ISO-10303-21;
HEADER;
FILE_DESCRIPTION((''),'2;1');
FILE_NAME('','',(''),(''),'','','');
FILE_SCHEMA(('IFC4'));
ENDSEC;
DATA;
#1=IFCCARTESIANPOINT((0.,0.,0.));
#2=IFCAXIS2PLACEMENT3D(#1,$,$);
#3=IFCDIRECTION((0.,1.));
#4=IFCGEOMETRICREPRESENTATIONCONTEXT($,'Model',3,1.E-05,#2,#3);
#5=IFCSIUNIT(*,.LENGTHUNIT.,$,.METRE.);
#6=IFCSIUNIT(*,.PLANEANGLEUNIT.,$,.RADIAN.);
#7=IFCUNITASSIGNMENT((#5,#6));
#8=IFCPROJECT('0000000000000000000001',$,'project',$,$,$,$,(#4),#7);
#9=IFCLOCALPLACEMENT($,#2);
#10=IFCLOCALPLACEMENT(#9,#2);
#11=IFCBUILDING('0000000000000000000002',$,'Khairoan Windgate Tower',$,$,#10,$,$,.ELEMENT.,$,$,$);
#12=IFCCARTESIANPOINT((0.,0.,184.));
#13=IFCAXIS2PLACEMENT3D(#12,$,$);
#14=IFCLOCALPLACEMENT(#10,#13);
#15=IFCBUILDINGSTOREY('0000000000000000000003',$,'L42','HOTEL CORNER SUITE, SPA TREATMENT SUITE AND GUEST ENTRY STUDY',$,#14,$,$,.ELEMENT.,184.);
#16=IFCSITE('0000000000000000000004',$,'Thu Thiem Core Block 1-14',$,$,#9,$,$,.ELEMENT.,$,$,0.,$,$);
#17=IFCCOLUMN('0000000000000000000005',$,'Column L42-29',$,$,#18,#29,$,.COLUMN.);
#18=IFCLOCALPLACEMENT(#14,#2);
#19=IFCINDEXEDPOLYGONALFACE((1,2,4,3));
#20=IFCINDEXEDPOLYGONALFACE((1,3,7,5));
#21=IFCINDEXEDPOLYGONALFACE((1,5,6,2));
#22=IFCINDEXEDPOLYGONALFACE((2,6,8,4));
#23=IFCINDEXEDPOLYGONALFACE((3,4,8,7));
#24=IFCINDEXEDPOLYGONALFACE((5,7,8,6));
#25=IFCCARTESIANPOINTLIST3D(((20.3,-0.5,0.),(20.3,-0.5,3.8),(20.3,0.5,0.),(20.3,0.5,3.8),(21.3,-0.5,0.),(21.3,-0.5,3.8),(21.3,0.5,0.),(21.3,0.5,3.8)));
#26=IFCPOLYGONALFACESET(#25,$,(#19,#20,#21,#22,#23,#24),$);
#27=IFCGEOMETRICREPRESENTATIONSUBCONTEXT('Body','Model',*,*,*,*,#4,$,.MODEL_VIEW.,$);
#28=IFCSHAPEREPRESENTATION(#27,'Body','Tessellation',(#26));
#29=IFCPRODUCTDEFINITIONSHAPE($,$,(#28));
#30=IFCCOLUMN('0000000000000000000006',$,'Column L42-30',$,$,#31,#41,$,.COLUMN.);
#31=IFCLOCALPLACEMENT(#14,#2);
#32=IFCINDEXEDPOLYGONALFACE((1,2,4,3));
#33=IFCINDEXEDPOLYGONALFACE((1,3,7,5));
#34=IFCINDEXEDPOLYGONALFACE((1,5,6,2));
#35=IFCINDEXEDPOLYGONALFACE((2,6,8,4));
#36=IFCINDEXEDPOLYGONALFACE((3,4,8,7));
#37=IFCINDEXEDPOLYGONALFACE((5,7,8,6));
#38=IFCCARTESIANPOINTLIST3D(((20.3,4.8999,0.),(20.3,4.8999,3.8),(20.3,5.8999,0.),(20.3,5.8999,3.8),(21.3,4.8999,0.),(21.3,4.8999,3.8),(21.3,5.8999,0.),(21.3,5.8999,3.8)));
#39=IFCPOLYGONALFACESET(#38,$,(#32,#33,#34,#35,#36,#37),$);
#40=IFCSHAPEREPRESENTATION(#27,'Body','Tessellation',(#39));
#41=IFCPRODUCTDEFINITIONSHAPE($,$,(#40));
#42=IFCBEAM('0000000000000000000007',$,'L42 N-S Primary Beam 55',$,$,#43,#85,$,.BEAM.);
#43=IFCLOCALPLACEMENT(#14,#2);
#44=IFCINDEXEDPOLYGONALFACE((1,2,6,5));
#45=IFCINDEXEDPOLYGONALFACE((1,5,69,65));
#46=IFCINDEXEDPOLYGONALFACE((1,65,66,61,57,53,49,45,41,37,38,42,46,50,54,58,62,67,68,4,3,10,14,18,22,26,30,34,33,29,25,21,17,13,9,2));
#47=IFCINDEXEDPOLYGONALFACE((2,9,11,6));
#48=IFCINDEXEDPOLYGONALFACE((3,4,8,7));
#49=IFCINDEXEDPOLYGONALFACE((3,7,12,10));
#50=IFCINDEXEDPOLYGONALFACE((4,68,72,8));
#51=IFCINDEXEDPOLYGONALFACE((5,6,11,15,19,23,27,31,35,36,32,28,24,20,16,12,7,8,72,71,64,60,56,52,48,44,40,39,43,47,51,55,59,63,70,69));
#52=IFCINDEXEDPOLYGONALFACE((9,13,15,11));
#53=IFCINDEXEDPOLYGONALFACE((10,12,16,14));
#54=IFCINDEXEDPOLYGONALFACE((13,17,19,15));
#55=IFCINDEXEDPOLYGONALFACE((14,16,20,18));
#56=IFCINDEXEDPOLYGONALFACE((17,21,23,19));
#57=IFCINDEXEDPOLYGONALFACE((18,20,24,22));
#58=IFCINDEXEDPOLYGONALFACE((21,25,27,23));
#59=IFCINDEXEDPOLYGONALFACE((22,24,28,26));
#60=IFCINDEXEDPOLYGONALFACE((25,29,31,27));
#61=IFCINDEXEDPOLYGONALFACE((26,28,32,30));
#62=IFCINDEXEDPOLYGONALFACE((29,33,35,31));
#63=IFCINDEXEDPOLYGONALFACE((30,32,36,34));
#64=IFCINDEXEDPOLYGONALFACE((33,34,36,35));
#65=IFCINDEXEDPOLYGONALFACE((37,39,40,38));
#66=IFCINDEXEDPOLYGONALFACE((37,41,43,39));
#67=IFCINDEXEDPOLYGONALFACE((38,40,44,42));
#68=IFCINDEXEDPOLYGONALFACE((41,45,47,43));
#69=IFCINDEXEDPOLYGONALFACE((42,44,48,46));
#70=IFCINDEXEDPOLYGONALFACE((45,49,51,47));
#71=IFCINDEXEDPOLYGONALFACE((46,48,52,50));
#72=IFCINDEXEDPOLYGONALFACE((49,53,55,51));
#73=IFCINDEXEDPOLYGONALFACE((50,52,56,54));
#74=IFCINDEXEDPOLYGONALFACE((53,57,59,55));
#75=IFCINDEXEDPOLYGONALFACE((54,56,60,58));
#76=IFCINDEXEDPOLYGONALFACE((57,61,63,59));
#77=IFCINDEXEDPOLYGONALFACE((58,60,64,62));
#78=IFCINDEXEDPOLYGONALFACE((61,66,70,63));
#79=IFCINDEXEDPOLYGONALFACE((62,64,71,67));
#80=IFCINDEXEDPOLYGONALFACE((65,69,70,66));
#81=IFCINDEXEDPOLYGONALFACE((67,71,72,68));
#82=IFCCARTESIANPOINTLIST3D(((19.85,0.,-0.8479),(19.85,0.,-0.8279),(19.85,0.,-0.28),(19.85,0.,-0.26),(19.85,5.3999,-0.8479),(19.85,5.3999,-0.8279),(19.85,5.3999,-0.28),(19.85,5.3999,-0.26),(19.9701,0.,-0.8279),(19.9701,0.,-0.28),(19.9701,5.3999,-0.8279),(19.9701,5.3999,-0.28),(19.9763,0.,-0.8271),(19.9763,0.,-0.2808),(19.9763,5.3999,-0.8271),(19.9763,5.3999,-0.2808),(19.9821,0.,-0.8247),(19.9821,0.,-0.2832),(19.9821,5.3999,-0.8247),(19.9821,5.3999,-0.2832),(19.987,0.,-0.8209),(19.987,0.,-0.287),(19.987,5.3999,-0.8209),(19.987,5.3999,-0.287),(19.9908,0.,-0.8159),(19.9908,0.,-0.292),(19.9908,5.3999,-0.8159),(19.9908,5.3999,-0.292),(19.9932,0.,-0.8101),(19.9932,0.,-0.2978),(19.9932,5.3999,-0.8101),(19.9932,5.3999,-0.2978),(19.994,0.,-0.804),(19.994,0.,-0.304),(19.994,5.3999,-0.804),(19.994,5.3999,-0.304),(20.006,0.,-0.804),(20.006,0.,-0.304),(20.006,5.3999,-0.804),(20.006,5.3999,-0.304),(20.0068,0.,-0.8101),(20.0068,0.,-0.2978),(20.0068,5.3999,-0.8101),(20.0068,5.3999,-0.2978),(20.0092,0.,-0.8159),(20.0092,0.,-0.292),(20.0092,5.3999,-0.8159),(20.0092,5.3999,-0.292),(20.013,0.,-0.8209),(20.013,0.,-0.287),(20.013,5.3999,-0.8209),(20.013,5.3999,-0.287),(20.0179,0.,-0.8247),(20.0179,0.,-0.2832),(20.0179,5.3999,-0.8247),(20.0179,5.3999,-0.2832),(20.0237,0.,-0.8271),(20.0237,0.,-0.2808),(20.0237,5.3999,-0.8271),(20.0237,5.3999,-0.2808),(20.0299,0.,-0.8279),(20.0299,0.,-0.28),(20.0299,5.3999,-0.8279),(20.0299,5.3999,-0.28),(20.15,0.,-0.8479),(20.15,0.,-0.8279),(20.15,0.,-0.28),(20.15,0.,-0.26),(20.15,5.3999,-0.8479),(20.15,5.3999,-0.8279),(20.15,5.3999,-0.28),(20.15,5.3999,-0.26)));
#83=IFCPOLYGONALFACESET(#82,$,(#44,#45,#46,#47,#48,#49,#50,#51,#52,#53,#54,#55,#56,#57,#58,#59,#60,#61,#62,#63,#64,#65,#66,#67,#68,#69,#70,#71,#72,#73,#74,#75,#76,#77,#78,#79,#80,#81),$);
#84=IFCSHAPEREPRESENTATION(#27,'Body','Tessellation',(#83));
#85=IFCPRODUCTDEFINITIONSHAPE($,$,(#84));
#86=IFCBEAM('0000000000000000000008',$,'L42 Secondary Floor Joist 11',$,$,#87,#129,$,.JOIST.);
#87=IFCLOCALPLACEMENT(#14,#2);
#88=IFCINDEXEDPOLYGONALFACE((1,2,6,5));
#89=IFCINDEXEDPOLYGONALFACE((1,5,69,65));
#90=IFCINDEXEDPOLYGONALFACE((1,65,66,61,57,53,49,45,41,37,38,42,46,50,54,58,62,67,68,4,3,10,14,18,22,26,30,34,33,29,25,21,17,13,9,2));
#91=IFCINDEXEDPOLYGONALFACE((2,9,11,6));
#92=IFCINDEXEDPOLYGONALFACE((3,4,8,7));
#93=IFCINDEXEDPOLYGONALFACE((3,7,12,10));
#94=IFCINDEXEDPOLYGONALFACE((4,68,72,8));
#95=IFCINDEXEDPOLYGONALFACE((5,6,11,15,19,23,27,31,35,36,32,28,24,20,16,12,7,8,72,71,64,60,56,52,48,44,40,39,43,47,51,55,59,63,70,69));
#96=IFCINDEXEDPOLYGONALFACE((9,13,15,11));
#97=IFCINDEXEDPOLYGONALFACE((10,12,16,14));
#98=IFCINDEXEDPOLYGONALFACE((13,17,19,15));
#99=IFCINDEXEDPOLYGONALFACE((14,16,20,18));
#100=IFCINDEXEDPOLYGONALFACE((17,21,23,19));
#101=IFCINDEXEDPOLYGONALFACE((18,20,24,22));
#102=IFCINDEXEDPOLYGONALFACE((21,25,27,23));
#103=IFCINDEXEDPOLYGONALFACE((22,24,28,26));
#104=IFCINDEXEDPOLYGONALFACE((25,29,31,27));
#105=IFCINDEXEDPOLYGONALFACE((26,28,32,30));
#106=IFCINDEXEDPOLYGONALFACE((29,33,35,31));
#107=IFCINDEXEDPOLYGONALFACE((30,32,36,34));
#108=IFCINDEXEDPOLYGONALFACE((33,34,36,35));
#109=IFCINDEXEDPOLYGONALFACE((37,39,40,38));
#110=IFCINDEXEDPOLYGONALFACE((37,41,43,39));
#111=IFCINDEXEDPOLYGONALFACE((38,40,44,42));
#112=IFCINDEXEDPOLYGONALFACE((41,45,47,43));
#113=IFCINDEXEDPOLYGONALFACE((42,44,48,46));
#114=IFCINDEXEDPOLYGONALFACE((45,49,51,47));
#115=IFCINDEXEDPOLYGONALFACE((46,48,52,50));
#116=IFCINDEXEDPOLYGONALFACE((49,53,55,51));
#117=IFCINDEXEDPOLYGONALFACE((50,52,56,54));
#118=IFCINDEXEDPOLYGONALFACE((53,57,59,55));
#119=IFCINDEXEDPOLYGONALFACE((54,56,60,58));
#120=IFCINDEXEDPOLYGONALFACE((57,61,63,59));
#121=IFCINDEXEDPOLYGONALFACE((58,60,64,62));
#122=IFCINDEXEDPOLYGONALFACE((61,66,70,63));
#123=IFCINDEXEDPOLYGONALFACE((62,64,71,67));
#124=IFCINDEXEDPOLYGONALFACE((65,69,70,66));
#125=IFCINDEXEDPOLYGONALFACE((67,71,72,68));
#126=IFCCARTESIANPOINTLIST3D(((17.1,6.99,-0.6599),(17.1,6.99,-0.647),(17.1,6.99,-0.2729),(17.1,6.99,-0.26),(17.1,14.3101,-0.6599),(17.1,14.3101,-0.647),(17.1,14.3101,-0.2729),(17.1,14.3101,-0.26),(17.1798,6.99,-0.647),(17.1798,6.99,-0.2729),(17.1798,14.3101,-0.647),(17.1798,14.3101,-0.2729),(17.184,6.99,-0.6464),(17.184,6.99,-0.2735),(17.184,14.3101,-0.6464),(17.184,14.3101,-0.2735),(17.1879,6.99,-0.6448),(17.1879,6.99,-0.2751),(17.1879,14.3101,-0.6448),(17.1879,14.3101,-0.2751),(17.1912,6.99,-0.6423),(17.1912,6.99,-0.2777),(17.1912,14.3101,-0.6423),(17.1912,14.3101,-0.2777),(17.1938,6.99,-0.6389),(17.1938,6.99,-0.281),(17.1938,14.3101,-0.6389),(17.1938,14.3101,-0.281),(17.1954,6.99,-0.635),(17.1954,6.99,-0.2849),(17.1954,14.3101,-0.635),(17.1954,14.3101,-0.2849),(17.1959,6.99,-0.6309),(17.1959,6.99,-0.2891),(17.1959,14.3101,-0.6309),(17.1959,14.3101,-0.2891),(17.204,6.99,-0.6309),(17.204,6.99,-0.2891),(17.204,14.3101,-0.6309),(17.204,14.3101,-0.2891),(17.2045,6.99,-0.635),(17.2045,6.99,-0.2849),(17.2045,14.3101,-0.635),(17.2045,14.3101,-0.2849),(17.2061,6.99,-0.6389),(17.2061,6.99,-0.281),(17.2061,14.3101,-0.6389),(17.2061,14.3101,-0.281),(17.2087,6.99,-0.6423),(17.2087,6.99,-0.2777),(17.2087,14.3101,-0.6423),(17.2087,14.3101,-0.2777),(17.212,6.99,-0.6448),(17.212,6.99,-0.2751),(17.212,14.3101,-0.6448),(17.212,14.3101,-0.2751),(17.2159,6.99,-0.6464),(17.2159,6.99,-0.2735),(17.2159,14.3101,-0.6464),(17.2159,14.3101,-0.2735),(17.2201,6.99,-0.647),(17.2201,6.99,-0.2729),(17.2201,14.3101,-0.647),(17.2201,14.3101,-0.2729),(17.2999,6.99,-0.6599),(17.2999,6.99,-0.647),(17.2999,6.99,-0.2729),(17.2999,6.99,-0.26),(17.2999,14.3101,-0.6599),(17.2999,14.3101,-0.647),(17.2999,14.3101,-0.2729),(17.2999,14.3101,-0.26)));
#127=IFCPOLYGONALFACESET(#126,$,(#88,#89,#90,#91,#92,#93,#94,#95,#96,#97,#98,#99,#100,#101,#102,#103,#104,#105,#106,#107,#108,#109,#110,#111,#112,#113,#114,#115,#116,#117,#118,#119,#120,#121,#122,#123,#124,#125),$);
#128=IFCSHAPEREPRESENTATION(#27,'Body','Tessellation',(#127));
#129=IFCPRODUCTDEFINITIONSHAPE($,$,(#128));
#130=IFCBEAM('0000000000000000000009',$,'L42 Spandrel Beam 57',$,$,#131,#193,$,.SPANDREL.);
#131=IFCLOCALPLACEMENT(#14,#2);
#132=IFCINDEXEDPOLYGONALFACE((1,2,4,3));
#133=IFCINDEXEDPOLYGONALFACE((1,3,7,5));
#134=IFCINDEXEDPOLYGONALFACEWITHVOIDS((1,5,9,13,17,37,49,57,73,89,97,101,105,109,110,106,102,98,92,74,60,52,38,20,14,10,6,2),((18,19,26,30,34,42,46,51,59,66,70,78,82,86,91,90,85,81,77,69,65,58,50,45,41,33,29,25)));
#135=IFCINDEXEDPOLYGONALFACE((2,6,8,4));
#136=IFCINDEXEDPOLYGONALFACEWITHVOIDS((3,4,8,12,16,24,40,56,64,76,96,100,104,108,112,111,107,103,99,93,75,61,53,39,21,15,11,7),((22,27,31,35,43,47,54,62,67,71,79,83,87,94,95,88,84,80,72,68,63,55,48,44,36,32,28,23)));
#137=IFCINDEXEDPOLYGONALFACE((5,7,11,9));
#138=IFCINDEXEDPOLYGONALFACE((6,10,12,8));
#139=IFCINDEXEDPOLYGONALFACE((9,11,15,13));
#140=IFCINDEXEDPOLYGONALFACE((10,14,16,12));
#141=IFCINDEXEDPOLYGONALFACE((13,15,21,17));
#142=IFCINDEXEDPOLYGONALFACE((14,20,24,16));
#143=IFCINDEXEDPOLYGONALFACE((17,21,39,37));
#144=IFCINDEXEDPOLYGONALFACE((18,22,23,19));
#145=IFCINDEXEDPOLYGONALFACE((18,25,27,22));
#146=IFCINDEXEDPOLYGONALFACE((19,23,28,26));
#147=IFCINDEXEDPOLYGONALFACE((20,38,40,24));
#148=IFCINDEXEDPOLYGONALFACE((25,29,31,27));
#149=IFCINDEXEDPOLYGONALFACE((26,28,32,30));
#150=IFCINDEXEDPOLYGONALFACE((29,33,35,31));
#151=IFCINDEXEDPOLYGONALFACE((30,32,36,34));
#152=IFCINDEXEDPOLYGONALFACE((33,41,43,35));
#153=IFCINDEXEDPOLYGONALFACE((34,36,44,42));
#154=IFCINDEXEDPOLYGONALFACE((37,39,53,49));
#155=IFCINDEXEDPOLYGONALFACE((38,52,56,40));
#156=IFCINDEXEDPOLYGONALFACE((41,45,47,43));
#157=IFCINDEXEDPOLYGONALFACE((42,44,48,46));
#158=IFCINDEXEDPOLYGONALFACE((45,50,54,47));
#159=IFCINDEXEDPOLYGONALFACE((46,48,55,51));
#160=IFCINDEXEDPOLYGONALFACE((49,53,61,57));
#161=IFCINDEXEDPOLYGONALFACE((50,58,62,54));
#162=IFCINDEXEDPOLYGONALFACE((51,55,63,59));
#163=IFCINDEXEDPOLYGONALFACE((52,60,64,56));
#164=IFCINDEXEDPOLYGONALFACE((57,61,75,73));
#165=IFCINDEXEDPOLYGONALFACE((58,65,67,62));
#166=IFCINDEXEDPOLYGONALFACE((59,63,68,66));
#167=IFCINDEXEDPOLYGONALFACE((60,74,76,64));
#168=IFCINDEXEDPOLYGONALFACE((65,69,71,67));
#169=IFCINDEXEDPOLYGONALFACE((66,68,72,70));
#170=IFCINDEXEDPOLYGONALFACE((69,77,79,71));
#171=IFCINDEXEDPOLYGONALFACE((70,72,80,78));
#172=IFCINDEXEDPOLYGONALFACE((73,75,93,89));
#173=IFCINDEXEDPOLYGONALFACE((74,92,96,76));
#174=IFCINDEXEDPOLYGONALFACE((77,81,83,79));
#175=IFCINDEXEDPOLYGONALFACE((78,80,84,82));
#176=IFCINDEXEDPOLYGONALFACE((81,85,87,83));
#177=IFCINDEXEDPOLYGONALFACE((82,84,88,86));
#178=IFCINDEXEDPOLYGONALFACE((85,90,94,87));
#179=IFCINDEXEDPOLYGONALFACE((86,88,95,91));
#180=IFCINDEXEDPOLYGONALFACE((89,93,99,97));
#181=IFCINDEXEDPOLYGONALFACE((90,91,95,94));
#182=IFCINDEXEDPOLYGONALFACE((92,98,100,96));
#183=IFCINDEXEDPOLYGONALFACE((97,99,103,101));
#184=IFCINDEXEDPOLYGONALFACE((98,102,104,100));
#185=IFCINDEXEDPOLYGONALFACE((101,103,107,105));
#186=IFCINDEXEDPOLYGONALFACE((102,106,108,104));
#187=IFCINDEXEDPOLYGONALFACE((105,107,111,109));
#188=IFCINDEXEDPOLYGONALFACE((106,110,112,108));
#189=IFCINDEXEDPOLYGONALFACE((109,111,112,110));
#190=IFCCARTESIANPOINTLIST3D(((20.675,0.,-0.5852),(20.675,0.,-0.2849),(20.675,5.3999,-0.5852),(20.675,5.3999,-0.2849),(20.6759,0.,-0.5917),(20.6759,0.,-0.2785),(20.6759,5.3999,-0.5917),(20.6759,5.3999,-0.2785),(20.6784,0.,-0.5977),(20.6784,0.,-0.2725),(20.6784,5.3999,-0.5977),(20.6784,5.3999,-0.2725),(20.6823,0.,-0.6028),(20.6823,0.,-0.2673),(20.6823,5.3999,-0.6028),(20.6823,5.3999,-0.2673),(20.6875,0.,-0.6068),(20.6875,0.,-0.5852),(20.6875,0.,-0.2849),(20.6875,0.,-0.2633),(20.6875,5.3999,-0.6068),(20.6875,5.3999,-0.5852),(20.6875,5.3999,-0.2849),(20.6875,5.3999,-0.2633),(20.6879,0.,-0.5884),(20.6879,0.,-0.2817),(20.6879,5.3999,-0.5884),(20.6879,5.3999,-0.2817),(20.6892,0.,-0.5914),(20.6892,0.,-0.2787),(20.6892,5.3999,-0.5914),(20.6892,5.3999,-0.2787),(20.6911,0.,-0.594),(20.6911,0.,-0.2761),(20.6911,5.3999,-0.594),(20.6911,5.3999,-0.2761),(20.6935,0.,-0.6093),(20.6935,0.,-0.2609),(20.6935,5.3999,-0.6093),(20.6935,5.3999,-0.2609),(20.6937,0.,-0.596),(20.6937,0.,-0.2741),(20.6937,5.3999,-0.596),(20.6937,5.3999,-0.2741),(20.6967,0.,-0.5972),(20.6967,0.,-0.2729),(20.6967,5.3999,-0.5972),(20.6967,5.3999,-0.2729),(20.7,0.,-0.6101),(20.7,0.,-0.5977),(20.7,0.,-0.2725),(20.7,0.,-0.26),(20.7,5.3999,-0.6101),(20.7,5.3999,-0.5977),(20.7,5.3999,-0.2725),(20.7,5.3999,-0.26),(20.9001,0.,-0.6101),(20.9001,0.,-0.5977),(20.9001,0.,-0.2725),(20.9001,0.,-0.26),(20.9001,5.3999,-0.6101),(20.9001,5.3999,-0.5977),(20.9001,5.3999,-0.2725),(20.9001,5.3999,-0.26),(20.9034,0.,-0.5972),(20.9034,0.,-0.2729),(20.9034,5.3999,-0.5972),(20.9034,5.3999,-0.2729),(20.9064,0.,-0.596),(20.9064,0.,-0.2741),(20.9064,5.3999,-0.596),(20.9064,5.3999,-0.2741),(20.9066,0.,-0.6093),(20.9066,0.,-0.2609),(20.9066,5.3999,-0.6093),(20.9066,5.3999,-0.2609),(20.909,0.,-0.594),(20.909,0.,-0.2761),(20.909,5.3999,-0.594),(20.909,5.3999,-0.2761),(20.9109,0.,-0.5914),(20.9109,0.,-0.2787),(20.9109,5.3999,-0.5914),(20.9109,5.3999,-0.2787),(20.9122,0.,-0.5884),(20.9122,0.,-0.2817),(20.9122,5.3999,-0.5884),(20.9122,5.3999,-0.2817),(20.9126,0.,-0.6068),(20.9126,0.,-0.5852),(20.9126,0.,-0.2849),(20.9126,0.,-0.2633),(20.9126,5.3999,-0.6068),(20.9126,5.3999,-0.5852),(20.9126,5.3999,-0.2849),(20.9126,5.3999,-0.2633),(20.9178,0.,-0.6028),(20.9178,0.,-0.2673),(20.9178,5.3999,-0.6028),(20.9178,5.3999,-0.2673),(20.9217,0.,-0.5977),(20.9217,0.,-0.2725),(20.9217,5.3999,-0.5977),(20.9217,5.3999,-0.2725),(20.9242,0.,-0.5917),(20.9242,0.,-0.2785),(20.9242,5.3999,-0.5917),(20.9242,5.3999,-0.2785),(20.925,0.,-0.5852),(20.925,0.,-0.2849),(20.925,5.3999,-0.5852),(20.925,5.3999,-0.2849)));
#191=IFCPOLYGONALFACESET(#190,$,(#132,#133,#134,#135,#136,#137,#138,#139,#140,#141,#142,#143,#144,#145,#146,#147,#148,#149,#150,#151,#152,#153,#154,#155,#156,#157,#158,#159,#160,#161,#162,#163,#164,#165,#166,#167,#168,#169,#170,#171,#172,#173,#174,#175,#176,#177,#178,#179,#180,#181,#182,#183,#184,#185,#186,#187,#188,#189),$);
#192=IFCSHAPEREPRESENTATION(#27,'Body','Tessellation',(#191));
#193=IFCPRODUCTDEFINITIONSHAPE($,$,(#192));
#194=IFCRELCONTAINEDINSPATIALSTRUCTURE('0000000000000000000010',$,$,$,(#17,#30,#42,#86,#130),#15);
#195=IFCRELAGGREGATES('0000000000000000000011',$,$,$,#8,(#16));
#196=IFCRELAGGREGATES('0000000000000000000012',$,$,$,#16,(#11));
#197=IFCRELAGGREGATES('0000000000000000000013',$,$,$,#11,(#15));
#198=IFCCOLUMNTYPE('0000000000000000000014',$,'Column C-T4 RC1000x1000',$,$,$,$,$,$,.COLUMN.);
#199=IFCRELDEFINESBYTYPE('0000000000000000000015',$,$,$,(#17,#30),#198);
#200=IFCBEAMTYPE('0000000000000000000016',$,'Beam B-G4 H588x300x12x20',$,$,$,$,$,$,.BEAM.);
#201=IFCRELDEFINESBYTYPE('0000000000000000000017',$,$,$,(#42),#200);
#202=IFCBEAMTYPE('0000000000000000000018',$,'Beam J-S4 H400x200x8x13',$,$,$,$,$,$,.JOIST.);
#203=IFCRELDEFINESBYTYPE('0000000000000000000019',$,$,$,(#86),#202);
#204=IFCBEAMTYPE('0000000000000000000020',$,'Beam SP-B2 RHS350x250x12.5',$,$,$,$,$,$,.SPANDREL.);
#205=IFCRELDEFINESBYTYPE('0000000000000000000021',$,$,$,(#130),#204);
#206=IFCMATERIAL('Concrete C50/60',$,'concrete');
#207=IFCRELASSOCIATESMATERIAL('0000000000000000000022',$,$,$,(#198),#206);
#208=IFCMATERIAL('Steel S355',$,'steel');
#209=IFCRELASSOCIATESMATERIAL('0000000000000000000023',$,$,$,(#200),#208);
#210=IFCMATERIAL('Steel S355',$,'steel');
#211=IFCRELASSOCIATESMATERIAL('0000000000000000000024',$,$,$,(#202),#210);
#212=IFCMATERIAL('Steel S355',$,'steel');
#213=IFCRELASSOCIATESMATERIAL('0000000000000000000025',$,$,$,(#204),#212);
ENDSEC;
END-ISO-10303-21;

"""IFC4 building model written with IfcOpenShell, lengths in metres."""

from ifc_helpers import new_model, si_unit, direction, frame, origin, origin_2d, place, context, subcontext, project, spatial, rectangle, hollow_rectangle, i_section, extrude, material, material_profile, profile_set, type_object, element, save


model = new_model("IFC4")

# Units and contexts
model_context = context("Model", 3, precision=1e-05, world=origin(), true_north=direction((0.0, 1.0)))
body_context = subcontext(model_context, "Body", "Model", "MODEL_VIEW")
ifc_project = project(units=[si_unit("LENGTHUNIT", "METRE"), si_unit("PLANEANGLEUNIT", "RADIAN")], contexts=[model_context])

# Site, building, storey
site_placement = place(None, origin())
site = spatial("IfcSite", under=ifc_project, at=site_placement, Name="Thu Thiem Core Block 1-14", CompositionType="ELEMENT", RefElevation=0.0)
building_placement = place(site_placement, origin())
building = spatial("IfcBuilding", under=site, at=building_placement, Name="Khairoan Windgate Tower", CompositionType="ELEMENT")
storey_placement = place(building_placement, frame((0.0, 0.0, 184.0)))
storey = spatial("IfcBuildingStorey", under=building, at=storey_placement, Name="L42", Description="HOTEL CORNER SUITE, SPA TREATMENT SUITE AND GUEST ENTRY STUDY", CompositionType="ELEMENT", Elevation=184.0)

# Columns
ifc_material_1 = material(Name="Concrete C50/60", Category="concrete")
ifc_material_profile_1 = material_profile(ifc_material_1, rectangle(XDim=1.0, YDim=1.0, at=origin_2d()))
ifc_profile_set_1 = profile_set([ifc_material_profile_1], Name="Concrete C50/60")
column_type = type_object("IfcColumnType", Name="Column C-T4 RC1000x1000", PredefinedType="COLUMN", material=ifc_profile_set_1)
for number, where, z_axis, x_axis, name in (
    (1, (20.8, 0.0, 0.0), (0.0, 0.0, 1.0), (1.0, 0.0, 0.0), "Column L42-29"),
    (2, (20.8, 5.3999, 0.0), (0.0, 0.0, 1.0), (1.0, 0.0, 0.0), "Column L42-30"),
):
    element("IfcColumn", number, at=place(storey_placement, frame(where, z_axis=z_axis, x_axis=x_axis)), inside=storey, type_object=column_type, Name=name, PredefinedType="COLUMN", context=body_context, shape_type="SweptSolid", body=[
        extrude(rectangle(XDim=1.0, YDim=1.0, at=origin_2d()), origin(), (0.0, 0.0, 1.0), 3.8),
    ])

# Beams
ifc_material_2 = material(Name="Steel S355", Category="steel")
ifc_material_profile_2 = material_profile(ifc_material_2, i_section(OverallWidth=0.3, OverallDepth=0.5879, WebThickness=0.012, FlangeThickness=0.02, FilletRadius=0.0239, at=origin_2d()))
ifc_profile_set_2 = profile_set([ifc_material_profile_2], Name="Steel S355")
beam_type_1 = type_object("IfcBeamType", Name="Beam B-G4 H588x300x12x20", PredefinedType="BEAM", material=ifc_profile_set_2)
beam_1_placement = place(storey_placement, frame((20.0, 0.0, -0.554), z_axis=(0.0, 1.0, 0.0), x_axis=(-1.0, 0.0, 0.0)))
element("IfcBeam", 3, at=beam_1_placement, inside=storey, type_object=beam_type_1, Name="L42 N-S Primary Beam 55", PredefinedType="BEAM", context=body_context, shape_type="SweptSolid", body=[
    extrude(i_section(OverallWidth=0.3, OverallDepth=0.5879, WebThickness=0.012, FlangeThickness=0.02, FilletRadius=0.0239, at=origin_2d()), origin(), (0.0, 0.0, 1.0), 5.3999),
])
ifc_material_3 = material(Name="Steel S355", Category="steel")
ifc_material_profile_3 = material_profile(ifc_material_3, i_section(OverallWidth=0.2, OverallDepth=0.3999, WebThickness=0.0081, FlangeThickness=0.0129, FilletRadius=0.0161, at=origin_2d()))
ifc_profile_set_3 = profile_set([ifc_material_profile_3], Name="Steel S355")
beam_type_2 = type_object("IfcBeamType", Name="Beam J-S4 H400x200x8x13", PredefinedType="JOIST", material=ifc_profile_set_3)
beam_2_placement = place(storey_placement, frame((17.2, 6.99, -0.46), z_axis=(0.0, 1.0, 0.0), x_axis=(-1.0, 0.0, 0.0)))
element("IfcBeam", 4, at=beam_2_placement, inside=storey, type_object=beam_type_2, Name="L42 Secondary Floor Joist 11", PredefinedType="JOIST", context=body_context, shape_type="SweptSolid", body=[
    extrude(i_section(OverallWidth=0.2, OverallDepth=0.3999, WebThickness=0.0081, FlangeThickness=0.0129, FilletRadius=0.0161, at=origin_2d()), origin(), (0.0, 0.0, 1.0), 7.3201),
])
ifc_material_4 = material(Name="Steel S355", Category="steel")
ifc_material_profile_4 = material_profile(ifc_material_4, hollow_rectangle(XDim=0.25, YDim=0.3501, WallThickness=0.0125, InnerFilletRadius=0.0125, OuterFilletRadius=0.0249, at=origin_2d()))
ifc_profile_set_4 = profile_set([ifc_material_profile_4], Name="Steel S355")
beam_type_3 = type_object("IfcBeamType", Name="Beam SP-B2 RHS350x250x12.5", PredefinedType="SPANDREL", material=ifc_profile_set_4)
beam_3_placement = place(storey_placement, frame((20.8, 0.0, -0.4351), z_axis=(0.0, 1.0, 0.0), x_axis=(-1.0, 0.0, 0.0)))
element("IfcBeam", 5, at=beam_3_placement, inside=storey, type_object=beam_type_3, Name="L42 Spandrel Beam 57", PredefinedType="SPANDREL", context=body_context, shape_type="SweptSolid", body=[
    extrude(hollow_rectangle(XDim=0.25, YDim=0.3501, WallThickness=0.0125, InnerFilletRadius=0.0125, OuterFilletRadius=0.0249, at=origin_2d()), origin(), (0.0, 0.0, 1.0), 5.3999),
])

save(model, "model.ifc")
